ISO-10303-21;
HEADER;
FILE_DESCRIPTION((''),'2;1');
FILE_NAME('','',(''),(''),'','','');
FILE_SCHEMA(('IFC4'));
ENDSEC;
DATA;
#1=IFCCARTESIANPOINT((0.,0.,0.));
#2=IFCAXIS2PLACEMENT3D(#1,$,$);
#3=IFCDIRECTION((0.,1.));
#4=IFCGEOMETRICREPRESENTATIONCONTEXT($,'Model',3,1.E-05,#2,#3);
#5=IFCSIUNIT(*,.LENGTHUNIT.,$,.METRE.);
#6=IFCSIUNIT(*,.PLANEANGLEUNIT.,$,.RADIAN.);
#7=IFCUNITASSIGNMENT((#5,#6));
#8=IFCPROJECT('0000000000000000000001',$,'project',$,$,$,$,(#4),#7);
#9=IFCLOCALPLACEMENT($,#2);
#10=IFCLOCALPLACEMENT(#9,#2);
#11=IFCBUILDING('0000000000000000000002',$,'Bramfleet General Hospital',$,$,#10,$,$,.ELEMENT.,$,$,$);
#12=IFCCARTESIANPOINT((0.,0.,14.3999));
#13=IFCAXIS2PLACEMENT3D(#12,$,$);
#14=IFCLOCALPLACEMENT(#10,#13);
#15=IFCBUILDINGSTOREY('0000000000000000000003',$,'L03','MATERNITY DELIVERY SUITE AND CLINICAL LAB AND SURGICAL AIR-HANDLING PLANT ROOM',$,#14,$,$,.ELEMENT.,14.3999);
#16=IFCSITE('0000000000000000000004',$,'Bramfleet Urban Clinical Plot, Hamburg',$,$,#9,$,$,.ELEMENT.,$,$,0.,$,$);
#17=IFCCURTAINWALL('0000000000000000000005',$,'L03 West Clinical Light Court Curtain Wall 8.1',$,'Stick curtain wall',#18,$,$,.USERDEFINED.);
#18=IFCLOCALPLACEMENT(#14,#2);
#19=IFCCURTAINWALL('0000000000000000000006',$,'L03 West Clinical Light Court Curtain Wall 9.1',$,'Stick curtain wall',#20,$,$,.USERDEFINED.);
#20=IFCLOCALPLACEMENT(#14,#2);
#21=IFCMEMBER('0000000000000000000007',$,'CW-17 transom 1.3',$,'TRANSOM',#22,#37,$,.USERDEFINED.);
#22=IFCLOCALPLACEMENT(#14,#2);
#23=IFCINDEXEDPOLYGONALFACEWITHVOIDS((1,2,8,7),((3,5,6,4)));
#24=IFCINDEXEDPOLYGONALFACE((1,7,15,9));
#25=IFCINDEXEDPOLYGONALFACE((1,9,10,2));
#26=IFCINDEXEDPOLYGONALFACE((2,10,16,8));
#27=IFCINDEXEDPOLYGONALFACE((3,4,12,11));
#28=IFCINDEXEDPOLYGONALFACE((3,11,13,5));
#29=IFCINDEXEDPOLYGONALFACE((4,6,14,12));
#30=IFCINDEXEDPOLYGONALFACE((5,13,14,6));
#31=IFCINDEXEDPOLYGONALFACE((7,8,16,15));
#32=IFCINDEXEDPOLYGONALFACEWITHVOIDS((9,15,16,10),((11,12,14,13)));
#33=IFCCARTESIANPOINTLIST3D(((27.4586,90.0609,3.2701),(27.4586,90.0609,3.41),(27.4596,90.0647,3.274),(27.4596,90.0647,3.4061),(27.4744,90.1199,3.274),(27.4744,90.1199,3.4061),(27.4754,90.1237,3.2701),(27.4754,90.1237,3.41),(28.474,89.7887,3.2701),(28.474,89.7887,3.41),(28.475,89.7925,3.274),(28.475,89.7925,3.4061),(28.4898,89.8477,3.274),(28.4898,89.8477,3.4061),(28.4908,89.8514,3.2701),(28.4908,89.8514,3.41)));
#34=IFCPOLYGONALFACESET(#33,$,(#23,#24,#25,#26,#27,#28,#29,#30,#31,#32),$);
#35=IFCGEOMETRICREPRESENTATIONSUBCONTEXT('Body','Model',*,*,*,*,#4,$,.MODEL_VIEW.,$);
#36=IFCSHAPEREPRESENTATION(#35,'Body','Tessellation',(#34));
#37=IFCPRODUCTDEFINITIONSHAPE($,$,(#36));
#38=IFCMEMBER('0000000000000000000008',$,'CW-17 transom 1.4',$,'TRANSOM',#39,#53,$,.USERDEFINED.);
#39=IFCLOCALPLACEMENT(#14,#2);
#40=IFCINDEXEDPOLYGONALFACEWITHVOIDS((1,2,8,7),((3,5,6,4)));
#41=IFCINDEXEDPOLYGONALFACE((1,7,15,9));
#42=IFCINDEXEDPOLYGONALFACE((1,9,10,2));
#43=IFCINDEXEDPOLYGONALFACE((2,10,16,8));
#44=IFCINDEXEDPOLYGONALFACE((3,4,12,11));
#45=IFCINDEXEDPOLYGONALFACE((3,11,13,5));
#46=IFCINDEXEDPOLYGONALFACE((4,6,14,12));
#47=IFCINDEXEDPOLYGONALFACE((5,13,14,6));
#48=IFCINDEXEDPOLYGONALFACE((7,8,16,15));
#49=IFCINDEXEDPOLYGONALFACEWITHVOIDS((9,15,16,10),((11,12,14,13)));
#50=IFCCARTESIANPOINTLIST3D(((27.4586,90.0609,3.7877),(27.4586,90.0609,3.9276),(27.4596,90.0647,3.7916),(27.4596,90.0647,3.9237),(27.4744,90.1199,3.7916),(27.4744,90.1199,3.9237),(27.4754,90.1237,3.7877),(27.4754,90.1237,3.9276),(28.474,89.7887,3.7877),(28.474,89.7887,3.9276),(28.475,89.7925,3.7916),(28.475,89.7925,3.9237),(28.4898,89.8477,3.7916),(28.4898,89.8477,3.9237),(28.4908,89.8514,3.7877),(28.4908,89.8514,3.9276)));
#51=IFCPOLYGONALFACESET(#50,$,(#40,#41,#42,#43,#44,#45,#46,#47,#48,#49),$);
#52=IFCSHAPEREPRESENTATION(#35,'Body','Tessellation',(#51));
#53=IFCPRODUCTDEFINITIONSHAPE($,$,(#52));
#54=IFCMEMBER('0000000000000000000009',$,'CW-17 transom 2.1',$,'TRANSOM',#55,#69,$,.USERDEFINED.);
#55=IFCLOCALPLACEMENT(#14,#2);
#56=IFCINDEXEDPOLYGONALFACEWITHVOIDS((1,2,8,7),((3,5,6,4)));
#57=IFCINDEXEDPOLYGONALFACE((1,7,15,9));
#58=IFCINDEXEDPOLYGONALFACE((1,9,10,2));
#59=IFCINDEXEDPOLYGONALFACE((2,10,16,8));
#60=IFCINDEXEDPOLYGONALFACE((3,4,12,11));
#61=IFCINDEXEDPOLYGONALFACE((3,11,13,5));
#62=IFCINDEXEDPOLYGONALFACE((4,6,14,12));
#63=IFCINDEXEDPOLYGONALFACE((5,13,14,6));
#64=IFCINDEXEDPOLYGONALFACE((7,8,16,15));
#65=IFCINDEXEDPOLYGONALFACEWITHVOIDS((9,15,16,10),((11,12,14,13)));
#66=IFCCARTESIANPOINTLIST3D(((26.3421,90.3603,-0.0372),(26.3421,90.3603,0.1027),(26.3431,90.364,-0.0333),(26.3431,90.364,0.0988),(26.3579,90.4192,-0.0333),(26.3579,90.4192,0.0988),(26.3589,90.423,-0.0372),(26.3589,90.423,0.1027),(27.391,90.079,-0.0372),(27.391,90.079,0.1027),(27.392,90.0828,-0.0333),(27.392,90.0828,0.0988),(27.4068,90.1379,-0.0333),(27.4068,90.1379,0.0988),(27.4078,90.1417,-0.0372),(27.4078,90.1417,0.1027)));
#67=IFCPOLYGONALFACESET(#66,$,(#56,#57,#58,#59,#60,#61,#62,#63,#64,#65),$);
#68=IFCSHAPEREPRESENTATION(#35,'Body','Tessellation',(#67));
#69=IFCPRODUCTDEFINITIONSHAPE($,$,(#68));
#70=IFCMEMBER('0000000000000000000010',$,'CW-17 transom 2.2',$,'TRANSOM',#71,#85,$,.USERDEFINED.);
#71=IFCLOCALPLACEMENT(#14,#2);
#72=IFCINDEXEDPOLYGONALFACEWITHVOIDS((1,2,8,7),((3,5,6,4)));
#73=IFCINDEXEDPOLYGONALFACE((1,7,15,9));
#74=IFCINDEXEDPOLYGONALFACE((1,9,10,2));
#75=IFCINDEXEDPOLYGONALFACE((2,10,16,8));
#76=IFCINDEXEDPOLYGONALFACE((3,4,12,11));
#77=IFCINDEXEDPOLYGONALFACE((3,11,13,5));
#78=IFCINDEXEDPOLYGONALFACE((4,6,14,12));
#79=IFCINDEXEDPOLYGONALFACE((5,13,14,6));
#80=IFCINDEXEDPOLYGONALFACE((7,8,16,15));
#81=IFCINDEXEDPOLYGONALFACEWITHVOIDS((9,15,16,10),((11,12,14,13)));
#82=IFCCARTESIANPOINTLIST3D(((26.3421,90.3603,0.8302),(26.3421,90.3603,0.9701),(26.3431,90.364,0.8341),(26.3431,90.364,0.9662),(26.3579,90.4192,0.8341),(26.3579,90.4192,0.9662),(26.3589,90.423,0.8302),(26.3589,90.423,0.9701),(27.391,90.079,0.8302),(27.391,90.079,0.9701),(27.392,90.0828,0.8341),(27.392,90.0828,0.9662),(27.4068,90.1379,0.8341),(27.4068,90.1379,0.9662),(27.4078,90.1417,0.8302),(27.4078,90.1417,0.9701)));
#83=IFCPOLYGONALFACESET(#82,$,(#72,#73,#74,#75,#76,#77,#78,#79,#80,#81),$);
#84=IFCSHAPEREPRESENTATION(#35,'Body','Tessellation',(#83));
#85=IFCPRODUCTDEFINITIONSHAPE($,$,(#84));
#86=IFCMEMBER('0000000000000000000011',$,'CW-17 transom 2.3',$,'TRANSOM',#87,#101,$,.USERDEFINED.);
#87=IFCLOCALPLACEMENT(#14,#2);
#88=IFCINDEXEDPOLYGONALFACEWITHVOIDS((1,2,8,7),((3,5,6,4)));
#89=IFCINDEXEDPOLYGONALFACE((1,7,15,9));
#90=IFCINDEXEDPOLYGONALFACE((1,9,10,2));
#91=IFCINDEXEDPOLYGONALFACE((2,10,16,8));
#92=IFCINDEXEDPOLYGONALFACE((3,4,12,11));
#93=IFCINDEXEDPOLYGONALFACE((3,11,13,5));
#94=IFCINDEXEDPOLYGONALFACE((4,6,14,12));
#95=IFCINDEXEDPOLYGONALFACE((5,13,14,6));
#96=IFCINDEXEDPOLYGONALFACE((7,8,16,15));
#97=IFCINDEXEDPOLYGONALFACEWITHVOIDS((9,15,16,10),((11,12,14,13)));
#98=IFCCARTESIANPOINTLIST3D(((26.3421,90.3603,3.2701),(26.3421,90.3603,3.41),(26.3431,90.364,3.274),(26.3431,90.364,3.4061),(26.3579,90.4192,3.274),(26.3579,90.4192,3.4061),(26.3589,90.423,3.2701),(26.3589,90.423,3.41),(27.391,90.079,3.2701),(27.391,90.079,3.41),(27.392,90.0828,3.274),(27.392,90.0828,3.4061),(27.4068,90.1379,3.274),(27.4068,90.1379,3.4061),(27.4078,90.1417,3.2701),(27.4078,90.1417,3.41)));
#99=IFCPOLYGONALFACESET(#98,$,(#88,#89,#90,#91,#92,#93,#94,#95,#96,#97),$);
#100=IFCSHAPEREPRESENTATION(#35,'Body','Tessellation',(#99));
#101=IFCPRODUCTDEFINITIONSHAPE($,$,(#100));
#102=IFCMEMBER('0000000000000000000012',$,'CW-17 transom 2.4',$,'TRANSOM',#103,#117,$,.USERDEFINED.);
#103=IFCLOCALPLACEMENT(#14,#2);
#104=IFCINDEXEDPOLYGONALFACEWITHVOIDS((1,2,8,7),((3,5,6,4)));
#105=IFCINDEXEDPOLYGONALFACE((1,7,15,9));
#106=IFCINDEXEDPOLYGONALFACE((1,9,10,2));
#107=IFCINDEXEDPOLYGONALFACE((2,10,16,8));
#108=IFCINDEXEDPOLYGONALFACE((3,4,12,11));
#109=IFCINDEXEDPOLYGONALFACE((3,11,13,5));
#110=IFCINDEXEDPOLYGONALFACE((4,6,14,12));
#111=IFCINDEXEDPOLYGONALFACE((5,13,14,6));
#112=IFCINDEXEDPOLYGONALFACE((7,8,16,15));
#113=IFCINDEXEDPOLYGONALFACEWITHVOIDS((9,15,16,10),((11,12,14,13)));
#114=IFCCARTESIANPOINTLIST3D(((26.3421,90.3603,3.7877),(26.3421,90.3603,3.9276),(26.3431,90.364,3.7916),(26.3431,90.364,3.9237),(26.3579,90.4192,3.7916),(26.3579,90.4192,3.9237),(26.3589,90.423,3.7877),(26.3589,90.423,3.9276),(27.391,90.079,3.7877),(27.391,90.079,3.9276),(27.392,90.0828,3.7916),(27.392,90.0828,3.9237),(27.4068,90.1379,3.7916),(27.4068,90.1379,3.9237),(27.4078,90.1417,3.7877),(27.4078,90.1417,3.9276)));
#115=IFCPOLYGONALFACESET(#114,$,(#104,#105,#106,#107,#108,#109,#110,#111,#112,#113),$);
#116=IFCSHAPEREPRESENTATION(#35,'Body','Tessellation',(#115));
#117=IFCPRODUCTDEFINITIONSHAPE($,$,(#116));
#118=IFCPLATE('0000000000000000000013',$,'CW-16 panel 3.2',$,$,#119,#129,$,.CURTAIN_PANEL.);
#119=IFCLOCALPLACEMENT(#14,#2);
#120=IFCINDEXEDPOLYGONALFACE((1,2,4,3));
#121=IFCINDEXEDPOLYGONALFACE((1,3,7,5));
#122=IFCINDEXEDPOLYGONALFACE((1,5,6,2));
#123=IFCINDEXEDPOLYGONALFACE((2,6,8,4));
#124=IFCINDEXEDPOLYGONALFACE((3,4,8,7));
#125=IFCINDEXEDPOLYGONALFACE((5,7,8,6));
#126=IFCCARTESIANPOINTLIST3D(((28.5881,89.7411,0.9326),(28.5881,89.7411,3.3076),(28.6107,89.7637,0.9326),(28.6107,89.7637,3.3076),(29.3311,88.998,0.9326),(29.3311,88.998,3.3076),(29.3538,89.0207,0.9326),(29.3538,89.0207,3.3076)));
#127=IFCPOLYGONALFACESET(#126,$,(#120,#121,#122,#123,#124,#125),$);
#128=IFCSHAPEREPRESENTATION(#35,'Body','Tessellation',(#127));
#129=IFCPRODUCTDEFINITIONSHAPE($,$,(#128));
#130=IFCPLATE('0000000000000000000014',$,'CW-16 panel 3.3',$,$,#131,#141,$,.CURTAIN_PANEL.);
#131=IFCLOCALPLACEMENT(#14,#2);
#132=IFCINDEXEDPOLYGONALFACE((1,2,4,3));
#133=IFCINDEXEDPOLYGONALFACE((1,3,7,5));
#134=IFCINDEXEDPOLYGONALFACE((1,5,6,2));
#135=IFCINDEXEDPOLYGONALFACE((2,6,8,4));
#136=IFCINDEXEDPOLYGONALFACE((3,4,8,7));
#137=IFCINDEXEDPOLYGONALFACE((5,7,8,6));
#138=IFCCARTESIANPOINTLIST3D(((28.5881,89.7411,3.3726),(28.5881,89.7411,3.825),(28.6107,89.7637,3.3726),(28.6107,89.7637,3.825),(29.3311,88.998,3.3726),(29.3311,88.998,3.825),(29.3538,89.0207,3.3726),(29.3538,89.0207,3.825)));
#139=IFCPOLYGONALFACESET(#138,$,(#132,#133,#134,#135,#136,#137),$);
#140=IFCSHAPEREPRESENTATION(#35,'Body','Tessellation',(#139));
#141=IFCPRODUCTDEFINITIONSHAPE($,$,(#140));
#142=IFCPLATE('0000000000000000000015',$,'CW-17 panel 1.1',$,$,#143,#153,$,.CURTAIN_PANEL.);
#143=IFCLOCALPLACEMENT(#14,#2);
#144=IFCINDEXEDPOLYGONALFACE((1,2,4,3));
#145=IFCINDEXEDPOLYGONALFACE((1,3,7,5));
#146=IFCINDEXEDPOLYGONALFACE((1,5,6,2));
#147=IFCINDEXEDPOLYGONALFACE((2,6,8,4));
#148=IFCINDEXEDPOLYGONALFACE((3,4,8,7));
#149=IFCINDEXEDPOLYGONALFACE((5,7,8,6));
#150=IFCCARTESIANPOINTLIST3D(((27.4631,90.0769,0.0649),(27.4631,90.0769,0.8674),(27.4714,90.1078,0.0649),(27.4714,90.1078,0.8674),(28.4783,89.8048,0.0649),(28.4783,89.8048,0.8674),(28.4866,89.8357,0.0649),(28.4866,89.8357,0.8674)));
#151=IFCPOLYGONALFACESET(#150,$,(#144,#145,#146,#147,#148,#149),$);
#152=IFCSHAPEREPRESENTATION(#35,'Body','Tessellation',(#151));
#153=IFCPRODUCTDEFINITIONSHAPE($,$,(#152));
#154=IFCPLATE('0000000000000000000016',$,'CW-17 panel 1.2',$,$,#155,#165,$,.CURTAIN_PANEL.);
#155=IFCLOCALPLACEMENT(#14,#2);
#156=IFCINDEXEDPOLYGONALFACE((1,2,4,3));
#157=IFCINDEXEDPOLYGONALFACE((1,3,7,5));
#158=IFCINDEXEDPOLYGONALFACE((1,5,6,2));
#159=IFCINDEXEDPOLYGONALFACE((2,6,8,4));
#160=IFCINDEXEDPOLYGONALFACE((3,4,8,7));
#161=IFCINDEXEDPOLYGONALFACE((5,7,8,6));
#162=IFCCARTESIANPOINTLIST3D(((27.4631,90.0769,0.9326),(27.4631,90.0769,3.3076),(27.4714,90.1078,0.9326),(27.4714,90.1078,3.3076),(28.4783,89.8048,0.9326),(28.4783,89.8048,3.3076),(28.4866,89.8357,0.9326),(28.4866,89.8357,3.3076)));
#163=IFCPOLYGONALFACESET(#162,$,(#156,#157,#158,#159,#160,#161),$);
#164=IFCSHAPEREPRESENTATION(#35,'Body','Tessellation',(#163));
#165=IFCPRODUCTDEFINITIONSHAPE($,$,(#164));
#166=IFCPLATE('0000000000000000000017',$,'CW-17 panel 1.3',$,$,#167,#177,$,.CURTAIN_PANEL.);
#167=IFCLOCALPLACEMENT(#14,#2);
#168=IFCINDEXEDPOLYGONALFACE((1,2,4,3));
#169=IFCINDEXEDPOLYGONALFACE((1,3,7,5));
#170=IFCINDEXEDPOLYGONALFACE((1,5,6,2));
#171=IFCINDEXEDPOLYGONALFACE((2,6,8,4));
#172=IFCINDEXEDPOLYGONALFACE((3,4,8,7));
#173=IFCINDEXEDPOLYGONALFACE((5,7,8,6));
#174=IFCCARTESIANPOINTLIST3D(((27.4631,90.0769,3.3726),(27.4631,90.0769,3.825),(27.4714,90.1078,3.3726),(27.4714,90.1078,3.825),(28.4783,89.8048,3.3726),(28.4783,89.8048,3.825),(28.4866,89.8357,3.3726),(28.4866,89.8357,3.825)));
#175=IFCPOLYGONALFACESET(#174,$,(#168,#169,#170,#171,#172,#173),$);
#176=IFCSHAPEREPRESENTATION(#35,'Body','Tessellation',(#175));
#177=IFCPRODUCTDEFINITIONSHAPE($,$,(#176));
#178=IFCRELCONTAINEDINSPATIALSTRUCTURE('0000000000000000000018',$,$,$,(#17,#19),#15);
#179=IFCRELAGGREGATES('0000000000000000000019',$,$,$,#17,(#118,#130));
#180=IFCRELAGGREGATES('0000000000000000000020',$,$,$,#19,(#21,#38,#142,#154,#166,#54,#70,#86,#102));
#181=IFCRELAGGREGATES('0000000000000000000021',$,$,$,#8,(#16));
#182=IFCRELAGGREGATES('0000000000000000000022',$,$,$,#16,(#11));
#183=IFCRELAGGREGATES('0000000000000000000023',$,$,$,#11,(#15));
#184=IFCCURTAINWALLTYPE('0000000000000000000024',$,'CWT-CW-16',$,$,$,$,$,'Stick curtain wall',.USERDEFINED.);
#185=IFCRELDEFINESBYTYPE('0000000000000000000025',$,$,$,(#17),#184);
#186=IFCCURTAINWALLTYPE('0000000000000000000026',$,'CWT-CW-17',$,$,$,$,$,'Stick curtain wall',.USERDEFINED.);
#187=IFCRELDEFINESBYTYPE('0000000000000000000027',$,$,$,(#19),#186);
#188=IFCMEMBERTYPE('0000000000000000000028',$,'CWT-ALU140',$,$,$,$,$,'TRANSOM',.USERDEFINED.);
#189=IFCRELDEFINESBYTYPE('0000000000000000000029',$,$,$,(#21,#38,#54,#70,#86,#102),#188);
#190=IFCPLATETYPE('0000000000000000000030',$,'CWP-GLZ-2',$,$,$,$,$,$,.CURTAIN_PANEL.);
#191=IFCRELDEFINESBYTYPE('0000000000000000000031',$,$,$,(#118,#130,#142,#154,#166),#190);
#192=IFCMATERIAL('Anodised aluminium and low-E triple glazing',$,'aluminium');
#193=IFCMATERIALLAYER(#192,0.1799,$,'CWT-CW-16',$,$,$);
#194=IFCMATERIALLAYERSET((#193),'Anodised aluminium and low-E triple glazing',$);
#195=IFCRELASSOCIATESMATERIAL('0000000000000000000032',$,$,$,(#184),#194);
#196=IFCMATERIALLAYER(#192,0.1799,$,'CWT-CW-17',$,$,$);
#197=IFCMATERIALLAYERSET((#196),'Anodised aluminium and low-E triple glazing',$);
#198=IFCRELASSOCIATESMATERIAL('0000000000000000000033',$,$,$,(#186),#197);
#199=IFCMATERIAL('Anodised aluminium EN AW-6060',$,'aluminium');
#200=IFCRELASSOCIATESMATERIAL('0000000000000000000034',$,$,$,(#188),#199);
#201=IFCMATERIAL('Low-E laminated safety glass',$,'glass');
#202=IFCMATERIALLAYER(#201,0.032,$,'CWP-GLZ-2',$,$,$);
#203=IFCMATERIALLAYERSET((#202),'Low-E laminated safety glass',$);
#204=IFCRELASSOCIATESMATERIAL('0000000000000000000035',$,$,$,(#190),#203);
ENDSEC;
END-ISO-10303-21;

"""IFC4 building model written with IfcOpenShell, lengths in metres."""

from ifc_helpers import new_model, si_unit, direction, frame, origin, origin_2d, place, context, subcontext, project, spatial, rectangle, hollow_rectangle, extrude, material, layer, layer_set, material_profile, profile_set, type_object, element, aggregate, save


model = new_model("IFC4")

# Units and contexts
model_context = context("Model", 3, precision=1e-05, world=origin(), true_north=direction((0.0, 1.0)))
body_context = subcontext(model_context, "Body", "Model", "MODEL_VIEW")
ifc_project = project(units=[si_unit("LENGTHUNIT", "METRE"), si_unit("PLANEANGLEUNIT", "RADIAN")], contexts=[model_context])

# Site, building, storey
site_placement = place(None, origin())
site = spatial("IfcSite", under=ifc_project, at=site_placement, Name="Bramfleet Urban Clinical Plot, Hamburg", CompositionType="ELEMENT", RefElevation=0.0)
building_placement = place(site_placement, origin())
building = spatial("IfcBuilding", under=site, at=building_placement, Name="Bramfleet General Hospital", CompositionType="ELEMENT")
storey_placement = place(building_placement, frame((0.0, 0.0, 14.3999)))
storey = spatial("IfcBuildingStorey", under=building, at=storey_placement, Name="L03", Description="MATERNITY DELIVERY SUITE AND CLINICAL LAB AND SURGICAL AIR-HANDLING PLANT ROOM", CompositionType="ELEMENT", Elevation=14.3999)

# Curtain wall
ifc_material_1 = material(Name="Anodised aluminium and low-E triple glazing", Category="aluminium")
ifc_layer_1 = layer(ifc_material_1, 0.1799, Name="CWT-CW-16")
ifc_layer_set_1 = layer_set([ifc_layer_1], Name="Anodised aluminium and low-E triple glazing")
curtain_wall_type_1 = type_object("IfcCurtainWallType", Name="CWT-CW-16", ElementType="Stick curtain wall", PredefinedType="USERDEFINED", material=ifc_layer_set_1)
curtain_wall_1_placement = place(storey_placement, origin())
curtain_wall_1 = element("IfcCurtainWall", 1, at=curtain_wall_1_placement, inside=storey, type_object=curtain_wall_type_1, Name="L03 West Clinical Light Court Curtain Wall 8.1", ObjectType="Stick curtain wall", PredefinedType="USERDEFINED")
ifc_material_2 = material(Name="Anodised aluminium EN AW-6060", Category="aluminium")

# Curtain wall, members
ifc_layer_2 = layer(ifc_material_1, 0.1799, Name="CWT-CW-17")
ifc_layer_set_2 = layer_set([ifc_layer_2], Name="Anodised aluminium and low-E triple glazing")
curtain_wall_type_2 = type_object("IfcCurtainWallType", Name="CWT-CW-17", ElementType="Stick curtain wall", PredefinedType="USERDEFINED", material=ifc_layer_set_2)
curtain_wall_2_placement = place(storey_placement, origin())
curtain_wall_2 = element("IfcCurtainWall", 2, at=curtain_wall_2_placement, inside=storey, type_object=curtain_wall_type_2, Name="L03 West Clinical Light Court Curtain Wall 9.1", ObjectType="Stick curtain wall", PredefinedType="USERDEFINED")
ifc_material_profile_1 = material_profile(ifc_material_2, hollow_rectangle(XDim=0.0649, YDim=0.1399, WallThickness=0.0039, at=origin_2d()), Name="ALU 140x65x4.0")
ifc_profile_set_1 = profile_set([ifc_material_profile_1], Name="Anodised aluminium EN AW-6060")
member_type_1 = type_object("IfcMemberType", Name="CWT-ALU140", ElementType="TRANSOM", PredefinedType="USERDEFINED", material=ifc_profile_set_1)
member_1_placement = place(storey_placement, frame((28.4824, 89.8201, 3.3401), z_axis=(-0.965891, 0.258949, 0.0), x_axis=(-0.258949, -0.965891, 0.0)))
member_1 = element("IfcMember", 3, at=member_1_placement, type_object=member_type_1, Name="CW-17 transom 1.3", ObjectType="TRANSOM", PredefinedType="USERDEFINED", context=body_context, shape_type="SweptSolid", body=[
    extrude(hollow_rectangle(XDim=0.0649, YDim=0.1399, WallThickness=0.0039, at=origin_2d()), origin(), (0.0, 0.0, 1.0), 1.0513),
])
member_2_placement = place(storey_placement, frame((28.4824, 89.8201, 3.8577), z_axis=(-0.965891, 0.258949, 0.0), x_axis=(-0.258949, -0.965891, 0.0)))
member_2 = element("IfcMember", 4, at=member_2_placement, type_object=member_type_1, Name="CW-17 transom 1.4", ObjectType="TRANSOM", PredefinedType="USERDEFINED", context=body_context, shape_type="SweptSolid", body=[
    extrude(hollow_rectangle(XDim=0.0649, YDim=0.1399, WallThickness=0.0039, at=origin_2d()), origin(), (0.0, 0.0, 1.0), 1.0513),
])
member_3_placement = place(storey_placement, frame((27.3994, 90.1104, 0.0327), z_axis=(-0.965876, 0.259006, 0.0), x_axis=(-0.259006, -0.965876, 0.0)))
member_3 = element("IfcMember", 5, at=member_3_placement, type_object=member_type_1, Name="CW-17 transom 2.1", ObjectType="TRANSOM", PredefinedType="USERDEFINED", context=body_context, shape_type="SweptSolid", body=[
    extrude(hollow_rectangle(XDim=0.0649, YDim=0.1399, WallThickness=0.0039, at=origin_2d()), origin(), (0.0, 0.0, 1.0), 1.0859),
])
member_4_placement = place(storey_placement, frame((27.3994, 90.1104, 0.9001), z_axis=(-0.965876, 0.259006, 0.0), x_axis=(-0.259006, -0.965876, 0.0)))
member_4 = element("IfcMember", 6, at=member_4_placement, type_object=member_type_1, Name="CW-17 transom 2.2", ObjectType="TRANSOM", PredefinedType="USERDEFINED", context=body_context, shape_type="SweptSolid", body=[
    extrude(hollow_rectangle(XDim=0.0649, YDim=0.1399, WallThickness=0.0039, at=origin_2d()), origin(), (0.0, 0.0, 1.0), 1.0859),
])
member_5_placement = place(storey_placement, frame((27.3994, 90.1104, 3.3401), z_axis=(-0.965876, 0.259006, 0.0), x_axis=(-0.259006, -0.965876, 0.0)))
member_5 = element("IfcMember", 7, at=member_5_placement, type_object=member_type_1, Name="CW-17 transom 2.3", ObjectType="TRANSOM", PredefinedType="USERDEFINED", context=body_context, shape_type="SweptSolid", body=[
    extrude(hollow_rectangle(XDim=0.0649, YDim=0.1399, WallThickness=0.0039, at=origin_2d()), origin(), (0.0, 0.0, 1.0), 1.0859),
])
member_6_placement = place(storey_placement, frame((27.3994, 90.1104, 3.8577), z_axis=(-0.965876, 0.259006, 0.0), x_axis=(-0.259006, -0.965876, 0.0)))
member_6 = element("IfcMember", 8, at=member_6_placement, type_object=member_type_1, Name="CW-17 transom 2.4", ObjectType="TRANSOM", PredefinedType="USERDEFINED", context=body_context, shape_type="SweptSolid", body=[
    extrude(hollow_rectangle(XDim=0.0649, YDim=0.1399, WallThickness=0.0039, at=origin_2d()), origin(), (0.0, 0.0, 1.0), 1.0859),
])

# Plates
ifc_material_3 = material(Name="Low-E laminated safety glass", Category="glass")
ifc_layer_3 = layer(ifc_material_3, 0.032, Name="CWP-GLZ-2")
ifc_layer_set_3 = layer_set([ifc_layer_3], Name="Low-E laminated safety glass")
plate_type = type_object("IfcPlateType", Name="CWP-GLZ-2", PredefinedType="CURTAIN_PANEL", material=ifc_layer_set_3)
plate_1_placement = place(storey_placement, frame((28.9709, 89.3809, 0.9326), z_axis=(0.0, 0.0, 1.0), x_axis=(-0.707107, 0.707107, 0.0)))
plate_1 = element("IfcPlate", 9, at=plate_1_placement, type_object=plate_type, Name="CW-16 panel 3.2", PredefinedType="CURTAIN_PANEL", context=body_context, shape_type="SweptSolid", body=[
    extrude(rectangle(XDim=1.0508, YDim=0.032, at=origin_2d()), origin(), (0.0, 0.0, 1.0), 2.375),
])
plate_2_placement = place(storey_placement, frame((28.9709, 89.3809, 3.3726), z_axis=(0.0, 0.0, 1.0), x_axis=(-0.707107, 0.707107, 0.0)))
plate_2 = element("IfcPlate", 10, at=plate_2_placement, type_object=plate_type, Name="CW-16 panel 3.3", PredefinedType="CURTAIN_PANEL", context=body_context, shape_type="SweptSolid", body=[
    extrude(rectangle(XDim=1.0508, YDim=0.032, at=origin_2d()), origin(), (0.0, 0.0, 1.0), 0.4524),
])
aggregate(curtain_wall_1, [plate_1, plate_2])
plate_3_placement = place(storey_placement, frame((27.9749, 89.9563, 0.0649), z_axis=(0.0, 0.0, 1.0), x_axis=(-0.965899, 0.258919, 0.0)))
plate_3 = element("IfcPlate", 11, at=plate_3_placement, type_object=plate_type, Name="CW-17 panel 1.1", PredefinedType="CURTAIN_PANEL", context=body_context, shape_type="SweptSolid", body=[
    extrude(rectangle(XDim=1.051, YDim=0.032, at=origin_2d()), origin(), (0.0, 0.0, 1.0), 0.8025),
])
plate_4_placement = place(storey_placement, frame((27.9749, 89.9563, 0.9326), z_axis=(0.0, 0.0, 1.0), x_axis=(-0.965899, 0.258919, 0.0)))
plate_4 = element("IfcPlate", 12, at=plate_4_placement, type_object=plate_type, Name="CW-17 panel 1.2", PredefinedType="CURTAIN_PANEL", context=body_context, shape_type="SweptSolid", body=[
    extrude(rectangle(XDim=1.051, YDim=0.032, at=origin_2d()), origin(), (0.0, 0.0, 1.0), 2.375),
])
plate_5_placement = place(storey_placement, frame((27.9749, 89.9563, 3.3726), z_axis=(0.0, 0.0, 1.0), x_axis=(-0.965899, 0.258919, 0.0)))
plate_5 = element("IfcPlate", 13, at=plate_5_placement, type_object=plate_type, Name="CW-17 panel 1.3", PredefinedType="CURTAIN_PANEL", context=body_context, shape_type="SweptSolid", body=[
    extrude(rectangle(XDim=1.051, YDim=0.032, at=origin_2d()), origin(), (0.0, 0.0, 1.0), 0.4524),
])
aggregate(curtain_wall_2, [member_1, member_2, plate_3, plate_4, plate_5, member_3, member_4, member_5, member_6])

save(model, "model.ifc")
